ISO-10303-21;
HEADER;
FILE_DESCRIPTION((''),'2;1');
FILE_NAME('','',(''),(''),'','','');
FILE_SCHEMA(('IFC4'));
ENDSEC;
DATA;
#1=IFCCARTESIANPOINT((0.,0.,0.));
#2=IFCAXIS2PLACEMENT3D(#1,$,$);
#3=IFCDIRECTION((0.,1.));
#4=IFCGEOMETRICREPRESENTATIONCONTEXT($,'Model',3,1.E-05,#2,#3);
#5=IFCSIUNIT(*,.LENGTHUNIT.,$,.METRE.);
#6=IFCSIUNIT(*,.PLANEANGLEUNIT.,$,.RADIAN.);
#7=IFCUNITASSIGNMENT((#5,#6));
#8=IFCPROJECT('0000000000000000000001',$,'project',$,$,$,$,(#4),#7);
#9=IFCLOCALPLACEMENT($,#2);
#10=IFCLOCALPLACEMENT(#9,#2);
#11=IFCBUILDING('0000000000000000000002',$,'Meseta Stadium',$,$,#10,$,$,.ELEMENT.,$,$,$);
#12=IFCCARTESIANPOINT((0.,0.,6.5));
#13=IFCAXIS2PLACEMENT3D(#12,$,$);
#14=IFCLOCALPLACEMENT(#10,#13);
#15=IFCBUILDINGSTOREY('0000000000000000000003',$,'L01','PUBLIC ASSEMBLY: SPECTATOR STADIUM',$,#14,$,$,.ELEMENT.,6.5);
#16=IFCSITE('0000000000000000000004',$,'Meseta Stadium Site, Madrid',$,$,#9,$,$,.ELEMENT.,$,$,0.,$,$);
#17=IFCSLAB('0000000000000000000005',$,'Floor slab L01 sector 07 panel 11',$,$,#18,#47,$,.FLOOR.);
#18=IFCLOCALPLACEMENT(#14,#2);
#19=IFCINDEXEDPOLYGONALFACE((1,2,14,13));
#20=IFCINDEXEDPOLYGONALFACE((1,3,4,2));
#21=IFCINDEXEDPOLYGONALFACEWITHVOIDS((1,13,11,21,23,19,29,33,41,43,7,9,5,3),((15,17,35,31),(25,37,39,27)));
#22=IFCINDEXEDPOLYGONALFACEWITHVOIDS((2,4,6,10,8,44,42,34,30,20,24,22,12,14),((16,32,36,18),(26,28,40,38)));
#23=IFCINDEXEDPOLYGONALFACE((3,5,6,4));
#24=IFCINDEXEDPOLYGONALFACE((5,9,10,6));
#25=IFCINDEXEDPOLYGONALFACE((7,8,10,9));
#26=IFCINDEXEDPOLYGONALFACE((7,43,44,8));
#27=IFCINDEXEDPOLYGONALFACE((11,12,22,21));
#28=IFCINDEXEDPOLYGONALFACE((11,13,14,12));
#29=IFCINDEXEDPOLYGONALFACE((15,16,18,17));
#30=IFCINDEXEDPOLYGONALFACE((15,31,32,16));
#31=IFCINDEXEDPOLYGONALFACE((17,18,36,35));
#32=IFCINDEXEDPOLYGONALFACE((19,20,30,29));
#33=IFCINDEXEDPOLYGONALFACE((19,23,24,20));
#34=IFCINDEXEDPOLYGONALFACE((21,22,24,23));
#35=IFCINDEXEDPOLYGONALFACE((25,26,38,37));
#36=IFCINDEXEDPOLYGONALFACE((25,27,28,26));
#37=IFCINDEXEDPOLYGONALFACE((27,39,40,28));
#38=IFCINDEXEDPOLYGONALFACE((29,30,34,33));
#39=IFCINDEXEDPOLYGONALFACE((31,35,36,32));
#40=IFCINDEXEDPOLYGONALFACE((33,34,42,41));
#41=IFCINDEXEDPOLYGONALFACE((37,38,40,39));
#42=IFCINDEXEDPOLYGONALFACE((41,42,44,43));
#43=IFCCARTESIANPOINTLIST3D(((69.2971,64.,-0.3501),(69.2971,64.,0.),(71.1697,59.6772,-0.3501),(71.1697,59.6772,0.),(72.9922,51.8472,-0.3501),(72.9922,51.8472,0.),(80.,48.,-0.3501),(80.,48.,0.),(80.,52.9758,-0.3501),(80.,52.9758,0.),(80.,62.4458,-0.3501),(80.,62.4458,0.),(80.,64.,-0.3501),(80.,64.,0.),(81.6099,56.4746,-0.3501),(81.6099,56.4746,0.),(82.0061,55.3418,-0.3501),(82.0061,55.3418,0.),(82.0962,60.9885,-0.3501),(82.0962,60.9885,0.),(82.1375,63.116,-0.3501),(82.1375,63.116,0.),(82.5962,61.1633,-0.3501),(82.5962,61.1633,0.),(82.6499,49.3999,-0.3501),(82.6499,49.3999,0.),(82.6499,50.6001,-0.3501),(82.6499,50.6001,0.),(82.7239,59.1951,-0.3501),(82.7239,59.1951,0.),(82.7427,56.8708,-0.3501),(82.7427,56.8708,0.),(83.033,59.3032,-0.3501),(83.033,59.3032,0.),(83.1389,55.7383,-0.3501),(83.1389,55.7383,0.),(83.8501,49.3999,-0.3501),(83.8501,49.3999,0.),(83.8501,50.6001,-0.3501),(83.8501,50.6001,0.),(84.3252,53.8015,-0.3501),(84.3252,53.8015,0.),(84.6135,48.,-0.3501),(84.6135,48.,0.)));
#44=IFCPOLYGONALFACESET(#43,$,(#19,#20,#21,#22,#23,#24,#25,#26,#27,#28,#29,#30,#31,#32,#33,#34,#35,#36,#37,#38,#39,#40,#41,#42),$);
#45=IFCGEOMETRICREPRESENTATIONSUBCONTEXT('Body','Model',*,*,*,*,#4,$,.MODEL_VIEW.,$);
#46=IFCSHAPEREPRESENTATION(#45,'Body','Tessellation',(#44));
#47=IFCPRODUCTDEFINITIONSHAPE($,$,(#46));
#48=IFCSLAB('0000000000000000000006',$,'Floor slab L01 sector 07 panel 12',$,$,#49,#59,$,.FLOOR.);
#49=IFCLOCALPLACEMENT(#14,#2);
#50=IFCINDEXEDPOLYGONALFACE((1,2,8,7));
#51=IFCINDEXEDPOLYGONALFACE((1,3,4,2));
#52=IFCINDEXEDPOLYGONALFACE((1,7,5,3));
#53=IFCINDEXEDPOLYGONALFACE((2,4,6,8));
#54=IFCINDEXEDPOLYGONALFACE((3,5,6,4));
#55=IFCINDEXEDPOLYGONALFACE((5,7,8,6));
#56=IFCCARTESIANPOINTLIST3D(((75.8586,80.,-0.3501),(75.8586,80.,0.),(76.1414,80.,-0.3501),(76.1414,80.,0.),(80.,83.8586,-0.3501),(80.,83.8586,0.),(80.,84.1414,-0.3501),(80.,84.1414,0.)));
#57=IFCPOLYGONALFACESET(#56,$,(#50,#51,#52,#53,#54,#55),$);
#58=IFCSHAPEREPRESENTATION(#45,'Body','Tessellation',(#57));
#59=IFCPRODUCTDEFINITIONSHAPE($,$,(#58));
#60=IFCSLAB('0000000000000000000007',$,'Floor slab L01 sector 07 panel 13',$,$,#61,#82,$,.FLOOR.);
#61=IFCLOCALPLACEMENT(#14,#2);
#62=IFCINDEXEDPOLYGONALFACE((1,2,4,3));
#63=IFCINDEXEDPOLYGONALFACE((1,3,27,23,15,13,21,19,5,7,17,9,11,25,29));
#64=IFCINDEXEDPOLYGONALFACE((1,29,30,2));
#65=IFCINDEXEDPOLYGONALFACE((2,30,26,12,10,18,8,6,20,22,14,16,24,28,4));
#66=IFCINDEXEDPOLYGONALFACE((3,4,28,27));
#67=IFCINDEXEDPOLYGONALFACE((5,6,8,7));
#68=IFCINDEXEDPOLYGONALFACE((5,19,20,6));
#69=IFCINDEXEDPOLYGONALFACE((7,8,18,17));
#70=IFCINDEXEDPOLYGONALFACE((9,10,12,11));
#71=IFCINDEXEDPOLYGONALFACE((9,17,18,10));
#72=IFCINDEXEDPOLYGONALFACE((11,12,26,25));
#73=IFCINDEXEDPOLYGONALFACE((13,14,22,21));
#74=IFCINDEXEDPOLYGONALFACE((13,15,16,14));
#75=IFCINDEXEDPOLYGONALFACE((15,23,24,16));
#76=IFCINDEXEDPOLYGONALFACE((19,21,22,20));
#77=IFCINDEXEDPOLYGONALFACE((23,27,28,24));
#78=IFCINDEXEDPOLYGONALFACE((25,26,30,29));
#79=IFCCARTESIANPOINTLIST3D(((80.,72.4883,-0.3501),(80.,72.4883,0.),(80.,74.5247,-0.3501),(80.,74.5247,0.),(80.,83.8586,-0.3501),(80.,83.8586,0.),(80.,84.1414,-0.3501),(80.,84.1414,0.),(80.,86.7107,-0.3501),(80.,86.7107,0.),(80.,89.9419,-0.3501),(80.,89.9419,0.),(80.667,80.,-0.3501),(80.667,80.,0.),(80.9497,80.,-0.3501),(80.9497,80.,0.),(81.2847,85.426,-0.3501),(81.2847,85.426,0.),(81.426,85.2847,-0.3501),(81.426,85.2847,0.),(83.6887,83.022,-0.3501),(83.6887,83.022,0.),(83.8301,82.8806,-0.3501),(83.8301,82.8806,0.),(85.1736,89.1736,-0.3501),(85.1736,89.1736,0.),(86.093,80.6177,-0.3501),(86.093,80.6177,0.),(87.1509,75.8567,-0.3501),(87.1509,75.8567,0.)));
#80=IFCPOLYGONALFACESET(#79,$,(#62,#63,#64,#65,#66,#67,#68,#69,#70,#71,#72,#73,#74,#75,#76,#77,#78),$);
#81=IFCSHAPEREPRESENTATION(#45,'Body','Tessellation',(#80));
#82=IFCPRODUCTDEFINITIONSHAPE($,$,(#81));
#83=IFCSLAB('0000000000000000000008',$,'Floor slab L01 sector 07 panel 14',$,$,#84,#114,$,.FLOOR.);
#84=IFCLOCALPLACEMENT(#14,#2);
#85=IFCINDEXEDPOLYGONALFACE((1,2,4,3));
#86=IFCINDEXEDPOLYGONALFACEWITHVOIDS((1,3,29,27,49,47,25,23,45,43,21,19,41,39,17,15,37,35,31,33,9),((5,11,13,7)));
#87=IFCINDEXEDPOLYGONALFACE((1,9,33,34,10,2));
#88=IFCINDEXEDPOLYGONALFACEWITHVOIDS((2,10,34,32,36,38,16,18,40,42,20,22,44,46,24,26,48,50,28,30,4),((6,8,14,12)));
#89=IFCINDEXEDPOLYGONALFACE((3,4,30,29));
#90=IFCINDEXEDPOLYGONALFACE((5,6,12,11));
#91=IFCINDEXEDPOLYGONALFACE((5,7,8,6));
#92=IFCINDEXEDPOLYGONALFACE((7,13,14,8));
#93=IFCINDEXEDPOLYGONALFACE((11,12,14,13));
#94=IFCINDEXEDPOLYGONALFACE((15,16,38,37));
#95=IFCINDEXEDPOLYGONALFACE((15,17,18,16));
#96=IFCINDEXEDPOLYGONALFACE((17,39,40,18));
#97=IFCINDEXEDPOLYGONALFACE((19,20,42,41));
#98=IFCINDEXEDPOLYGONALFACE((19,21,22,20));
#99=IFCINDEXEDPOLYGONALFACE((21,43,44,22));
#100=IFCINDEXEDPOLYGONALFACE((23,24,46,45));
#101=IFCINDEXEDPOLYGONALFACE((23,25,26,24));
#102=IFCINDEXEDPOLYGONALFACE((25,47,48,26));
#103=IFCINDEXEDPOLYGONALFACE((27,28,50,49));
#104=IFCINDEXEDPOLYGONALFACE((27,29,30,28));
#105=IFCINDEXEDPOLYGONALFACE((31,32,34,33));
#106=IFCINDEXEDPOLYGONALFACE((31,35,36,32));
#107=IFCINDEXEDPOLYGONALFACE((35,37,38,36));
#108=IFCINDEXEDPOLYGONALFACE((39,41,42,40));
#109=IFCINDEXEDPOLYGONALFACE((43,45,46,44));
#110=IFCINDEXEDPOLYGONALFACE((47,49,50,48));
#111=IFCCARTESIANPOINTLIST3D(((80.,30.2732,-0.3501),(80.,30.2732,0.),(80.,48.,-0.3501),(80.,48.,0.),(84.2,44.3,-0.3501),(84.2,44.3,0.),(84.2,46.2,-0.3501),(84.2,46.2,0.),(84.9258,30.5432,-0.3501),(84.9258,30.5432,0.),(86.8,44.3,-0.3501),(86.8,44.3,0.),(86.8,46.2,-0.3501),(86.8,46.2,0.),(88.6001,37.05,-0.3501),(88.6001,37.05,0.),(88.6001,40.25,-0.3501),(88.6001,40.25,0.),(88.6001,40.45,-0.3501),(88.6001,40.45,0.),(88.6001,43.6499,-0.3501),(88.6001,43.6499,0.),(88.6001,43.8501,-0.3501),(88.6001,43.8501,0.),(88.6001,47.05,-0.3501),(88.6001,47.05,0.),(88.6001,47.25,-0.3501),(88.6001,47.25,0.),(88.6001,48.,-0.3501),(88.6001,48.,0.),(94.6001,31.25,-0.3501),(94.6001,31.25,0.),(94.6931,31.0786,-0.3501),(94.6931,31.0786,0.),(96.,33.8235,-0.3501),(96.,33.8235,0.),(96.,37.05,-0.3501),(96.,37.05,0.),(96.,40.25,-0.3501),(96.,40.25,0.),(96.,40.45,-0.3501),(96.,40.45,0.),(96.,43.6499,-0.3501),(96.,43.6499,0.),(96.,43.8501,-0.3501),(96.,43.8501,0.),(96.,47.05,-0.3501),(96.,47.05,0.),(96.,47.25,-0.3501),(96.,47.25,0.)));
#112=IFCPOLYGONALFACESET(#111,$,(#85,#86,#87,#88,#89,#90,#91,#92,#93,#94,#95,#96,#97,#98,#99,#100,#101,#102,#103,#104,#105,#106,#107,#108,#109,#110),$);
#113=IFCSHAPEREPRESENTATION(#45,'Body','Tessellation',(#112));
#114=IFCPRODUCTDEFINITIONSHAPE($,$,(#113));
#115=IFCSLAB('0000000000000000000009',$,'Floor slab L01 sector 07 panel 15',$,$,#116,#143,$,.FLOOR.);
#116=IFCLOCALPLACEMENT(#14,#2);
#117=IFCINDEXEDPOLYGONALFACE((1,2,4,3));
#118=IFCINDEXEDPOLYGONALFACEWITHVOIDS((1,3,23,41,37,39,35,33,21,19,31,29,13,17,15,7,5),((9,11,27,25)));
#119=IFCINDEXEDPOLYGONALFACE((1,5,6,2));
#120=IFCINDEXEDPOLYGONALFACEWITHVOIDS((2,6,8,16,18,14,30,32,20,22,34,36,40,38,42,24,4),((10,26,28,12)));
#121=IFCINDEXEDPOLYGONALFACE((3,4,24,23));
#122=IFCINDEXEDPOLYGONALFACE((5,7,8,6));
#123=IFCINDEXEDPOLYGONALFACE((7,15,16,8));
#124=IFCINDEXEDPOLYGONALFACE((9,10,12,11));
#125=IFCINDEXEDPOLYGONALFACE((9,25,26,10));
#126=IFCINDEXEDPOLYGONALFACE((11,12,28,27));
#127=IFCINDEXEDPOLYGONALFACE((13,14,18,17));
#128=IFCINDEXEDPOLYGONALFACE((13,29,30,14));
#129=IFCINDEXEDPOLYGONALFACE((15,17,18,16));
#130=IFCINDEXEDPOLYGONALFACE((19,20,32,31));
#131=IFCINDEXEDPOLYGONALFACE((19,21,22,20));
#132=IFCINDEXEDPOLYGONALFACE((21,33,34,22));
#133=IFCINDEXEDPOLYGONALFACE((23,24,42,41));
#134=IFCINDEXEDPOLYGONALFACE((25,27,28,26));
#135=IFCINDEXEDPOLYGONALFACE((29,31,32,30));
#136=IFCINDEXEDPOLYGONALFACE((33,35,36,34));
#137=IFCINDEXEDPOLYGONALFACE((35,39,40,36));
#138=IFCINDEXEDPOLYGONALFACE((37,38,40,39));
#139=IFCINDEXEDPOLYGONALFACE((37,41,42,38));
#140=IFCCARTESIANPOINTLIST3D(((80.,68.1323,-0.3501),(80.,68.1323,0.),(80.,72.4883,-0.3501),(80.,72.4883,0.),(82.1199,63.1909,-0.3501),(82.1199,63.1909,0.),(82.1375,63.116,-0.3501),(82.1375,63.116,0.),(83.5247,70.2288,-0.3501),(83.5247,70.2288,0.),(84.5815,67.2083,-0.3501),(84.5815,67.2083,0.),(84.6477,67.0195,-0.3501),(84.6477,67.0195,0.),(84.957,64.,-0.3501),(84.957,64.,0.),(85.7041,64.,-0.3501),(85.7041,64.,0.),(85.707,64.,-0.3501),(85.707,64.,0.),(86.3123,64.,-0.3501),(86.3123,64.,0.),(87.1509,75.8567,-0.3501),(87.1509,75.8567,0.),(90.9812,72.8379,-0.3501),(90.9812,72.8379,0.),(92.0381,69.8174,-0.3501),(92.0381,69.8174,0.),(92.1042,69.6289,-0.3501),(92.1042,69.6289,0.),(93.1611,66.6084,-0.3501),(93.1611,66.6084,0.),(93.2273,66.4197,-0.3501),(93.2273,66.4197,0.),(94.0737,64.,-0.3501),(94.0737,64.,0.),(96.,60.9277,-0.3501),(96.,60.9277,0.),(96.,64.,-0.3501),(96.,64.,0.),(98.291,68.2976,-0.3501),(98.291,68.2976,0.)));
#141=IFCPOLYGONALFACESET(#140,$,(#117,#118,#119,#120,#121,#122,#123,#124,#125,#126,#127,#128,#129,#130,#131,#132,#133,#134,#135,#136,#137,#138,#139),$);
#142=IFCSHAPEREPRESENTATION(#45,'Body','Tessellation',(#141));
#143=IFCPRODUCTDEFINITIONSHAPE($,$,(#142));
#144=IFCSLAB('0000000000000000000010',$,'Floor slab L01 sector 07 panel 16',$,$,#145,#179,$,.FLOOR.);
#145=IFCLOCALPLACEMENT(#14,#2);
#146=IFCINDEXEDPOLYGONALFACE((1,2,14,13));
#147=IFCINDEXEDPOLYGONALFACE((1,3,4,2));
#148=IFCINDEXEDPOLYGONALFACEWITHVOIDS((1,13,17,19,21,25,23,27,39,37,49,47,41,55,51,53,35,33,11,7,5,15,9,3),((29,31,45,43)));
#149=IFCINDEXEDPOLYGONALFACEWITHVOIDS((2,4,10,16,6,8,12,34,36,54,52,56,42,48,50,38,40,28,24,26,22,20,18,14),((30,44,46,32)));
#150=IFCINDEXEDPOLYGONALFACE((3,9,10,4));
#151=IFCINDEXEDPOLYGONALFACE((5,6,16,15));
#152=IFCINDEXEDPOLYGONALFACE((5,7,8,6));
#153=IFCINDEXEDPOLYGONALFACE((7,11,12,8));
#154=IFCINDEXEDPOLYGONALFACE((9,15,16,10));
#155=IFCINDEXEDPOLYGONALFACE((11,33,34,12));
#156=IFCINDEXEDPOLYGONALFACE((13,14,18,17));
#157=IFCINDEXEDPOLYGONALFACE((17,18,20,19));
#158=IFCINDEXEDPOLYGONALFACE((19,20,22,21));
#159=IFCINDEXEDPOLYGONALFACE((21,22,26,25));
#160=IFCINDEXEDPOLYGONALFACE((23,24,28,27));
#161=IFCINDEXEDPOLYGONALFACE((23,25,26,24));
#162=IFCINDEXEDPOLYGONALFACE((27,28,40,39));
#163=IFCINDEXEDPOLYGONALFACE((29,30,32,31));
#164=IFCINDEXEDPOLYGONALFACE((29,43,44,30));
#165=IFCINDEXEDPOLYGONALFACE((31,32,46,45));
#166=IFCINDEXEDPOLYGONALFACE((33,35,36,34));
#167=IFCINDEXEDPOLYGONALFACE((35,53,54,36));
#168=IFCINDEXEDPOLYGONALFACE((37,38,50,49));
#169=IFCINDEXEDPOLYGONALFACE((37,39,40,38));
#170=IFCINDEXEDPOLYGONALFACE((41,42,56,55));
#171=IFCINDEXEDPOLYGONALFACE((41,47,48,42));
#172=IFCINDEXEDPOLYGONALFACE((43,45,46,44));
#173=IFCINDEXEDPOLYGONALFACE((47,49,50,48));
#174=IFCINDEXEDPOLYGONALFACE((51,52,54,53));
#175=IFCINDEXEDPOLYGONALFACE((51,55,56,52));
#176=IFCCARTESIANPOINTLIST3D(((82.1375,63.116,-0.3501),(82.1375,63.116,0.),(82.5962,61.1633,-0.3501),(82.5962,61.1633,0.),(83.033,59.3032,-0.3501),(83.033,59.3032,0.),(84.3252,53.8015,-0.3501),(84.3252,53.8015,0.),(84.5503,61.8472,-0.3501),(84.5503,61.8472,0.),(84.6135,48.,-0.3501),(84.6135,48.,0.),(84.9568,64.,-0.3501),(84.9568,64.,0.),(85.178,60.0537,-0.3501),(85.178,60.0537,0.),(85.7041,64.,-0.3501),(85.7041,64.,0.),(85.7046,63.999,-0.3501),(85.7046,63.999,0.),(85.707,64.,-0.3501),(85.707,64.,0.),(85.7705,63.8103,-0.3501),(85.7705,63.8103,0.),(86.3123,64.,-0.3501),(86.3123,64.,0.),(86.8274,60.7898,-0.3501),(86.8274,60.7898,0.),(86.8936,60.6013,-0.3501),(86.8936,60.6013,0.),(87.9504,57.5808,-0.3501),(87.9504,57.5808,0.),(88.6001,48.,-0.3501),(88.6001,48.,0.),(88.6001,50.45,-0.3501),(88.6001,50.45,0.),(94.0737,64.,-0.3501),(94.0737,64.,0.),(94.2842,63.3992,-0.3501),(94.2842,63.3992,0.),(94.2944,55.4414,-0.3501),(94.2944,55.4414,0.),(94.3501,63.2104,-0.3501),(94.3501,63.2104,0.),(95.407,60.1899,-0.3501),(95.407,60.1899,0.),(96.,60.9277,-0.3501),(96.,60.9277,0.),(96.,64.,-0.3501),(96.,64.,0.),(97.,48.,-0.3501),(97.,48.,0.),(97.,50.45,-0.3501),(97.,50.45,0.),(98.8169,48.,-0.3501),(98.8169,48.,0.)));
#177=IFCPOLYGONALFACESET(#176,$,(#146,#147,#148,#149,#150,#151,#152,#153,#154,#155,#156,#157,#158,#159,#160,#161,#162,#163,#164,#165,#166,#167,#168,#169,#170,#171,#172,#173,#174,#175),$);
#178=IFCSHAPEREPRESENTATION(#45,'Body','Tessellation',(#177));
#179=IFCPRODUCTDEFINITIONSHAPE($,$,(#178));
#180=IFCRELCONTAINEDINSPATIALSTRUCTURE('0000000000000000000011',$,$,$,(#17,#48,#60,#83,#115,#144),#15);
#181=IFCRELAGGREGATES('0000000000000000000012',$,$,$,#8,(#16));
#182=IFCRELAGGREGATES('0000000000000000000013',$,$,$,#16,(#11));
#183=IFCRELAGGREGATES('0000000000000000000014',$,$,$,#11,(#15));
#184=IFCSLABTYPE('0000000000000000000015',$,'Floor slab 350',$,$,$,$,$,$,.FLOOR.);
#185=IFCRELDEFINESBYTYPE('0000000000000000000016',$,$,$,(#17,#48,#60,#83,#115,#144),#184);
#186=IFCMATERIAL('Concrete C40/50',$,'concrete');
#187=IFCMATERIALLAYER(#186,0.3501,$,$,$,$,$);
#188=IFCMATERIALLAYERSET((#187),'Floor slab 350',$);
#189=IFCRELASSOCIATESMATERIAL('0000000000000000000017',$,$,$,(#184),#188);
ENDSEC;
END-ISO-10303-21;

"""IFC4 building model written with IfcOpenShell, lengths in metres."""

from ifc_helpers import new_model, si_unit, direction, frame, origin, place, context, subcontext, project, spatial, polyline, outline, extrude, material, layer, layer_set, type_object, element, save


model = new_model("IFC4")

# Units and contexts
model_context = context("Model", 3, precision=1e-05, world=origin(), true_north=direction((0.0, 1.0)))
body_context = subcontext(model_context, "Body", "Model", "MODEL_VIEW")
ifc_project = project(units=[si_unit("LENGTHUNIT", "METRE"), si_unit("PLANEANGLEUNIT", "RADIAN")], contexts=[model_context])

# Site, building, storey
site_placement = place(None, origin())
site = spatial("IfcSite", under=ifc_project, at=site_placement, Name="Meseta Stadium Site, Madrid", CompositionType="ELEMENT", RefElevation=0.0)
building_placement = place(site_placement, origin())
building = spatial("IfcBuilding", under=site, at=building_placement, Name="Meseta Stadium", CompositionType="ELEMENT")
storey_placement = place(building_placement, frame((0.0, 0.0, 6.5)))
storey = spatial("IfcBuildingStorey", under=building, at=storey_placement, Name="L01", Description="PUBLIC ASSEMBLY: SPECTATOR STADIUM", CompositionType="ELEMENT", Elevation=6.5)

# Slabs
ifc_material = material(Name="Concrete C40/50", Category="concrete")
ifc_layer = layer(ifc_material, 0.3501)
ifc_layer_set = layer_set([ifc_layer], Name="Floor slab 350")
slab_type = type_object("IfcSlabType", Name="Floor slab 350", PredefinedType="FLOOR", material=ifc_layer_set)
slab_1_placement = place(storey_placement, frame((0.0, 0.0, -0.3501)))
element("IfcSlab", 1, at=slab_1_placement, inside=storey, type_object=slab_type, Name="Floor slab L01 sector 07 panel 11", PredefinedType="FLOOR", context=body_context, shape_type="SweptSolid", body=[
    extrude(outline(polyline([(82.1375, 63.116), (80.0, 62.4458), (80.0, 64.0), (69.2971, 64.0), (71.1697, 59.6772), (72.9922, 51.8472), (80.0, 52.9758), (80.0, 48.0), (84.6135, 48.0), (84.3252, 53.8015), (83.033, 59.3032), (82.7239, 59.1951), (82.0962, 60.9885), (82.5962, 61.1633), (82.1375, 63.116)]), holes=[polyline([(82.0061, 55.3418), (81.6099, 56.4746), (82.7427, 56.8708), (83.1389, 55.7383), (82.0061, 55.3418)]), polyline([(83.8501, 49.3999), (82.6499, 49.3999), (82.6499, 50.6001), (83.8501, 50.6001), (83.8501, 49.3999)])]), origin(), (0.0, 0.0, 1.0), 0.3501),
])
slab_2_placement = place(storey_placement, frame((0.0, 0.0, -0.3501)))
element("IfcSlab", 2, at=slab_2_placement, inside=storey, type_object=slab_type, Name="Floor slab L01 sector 07 panel 12", PredefinedType="FLOOR", context=body_context, shape_type="SweptSolid", body=[
    extrude(outline(polyline([(75.8586, 80.0), (76.1414, 80.0), (80.0, 83.8586), (80.0, 84.1414), (75.8586, 80.0)])), origin(), (0.0, 0.0, 1.0), 0.3501),
])
slab_3_placement = place(storey_placement, frame((0.0, 0.0, -0.3501)))
element("IfcSlab", 3, at=slab_3_placement, inside=storey, type_object=slab_type, Name="Floor slab L01 sector 07 panel 13", PredefinedType="FLOOR", context=body_context, shape_type="SweptSolid", body=[
    extrude(outline(polyline([(86.093, 80.6177), (80.0, 74.5247), (80.0, 72.4883), (87.1509, 75.8567), (85.1736, 89.1736), (80.0, 89.9419), (80.0, 86.7107), (81.2847, 85.426), (80.0, 84.1414), (80.0, 83.8586), (81.426, 85.2847), (83.6887, 83.022), (80.667, 80.0), (80.9497, 80.0), (83.8301, 82.8806), (86.093, 80.6177)])), origin(), (0.0, 0.0, 1.0), 0.3501),
])
slab_4_placement = place(storey_placement, frame((0.0, 0.0, -0.3501)))
element("IfcSlab", 4, at=slab_4_placement, inside=storey, type_object=slab_type, Name="Floor slab L01 sector 07 panel 14", PredefinedType="FLOOR", context=body_context, shape_type="SweptSolid", body=[
    extrude(outline(polyline([(96.0, 40.25), (96.0, 40.45), (88.6001, 40.45), (88.6001, 43.6499), (96.0, 43.6499), (96.0, 43.8501), (88.6001, 43.8501), (88.6001, 47.05), (96.0, 47.05), (96.0, 47.25), (88.6001, 47.25), (88.6001, 48.0), (80.0, 48.0), (80.0, 30.2732), (84.9258, 30.5432), (94.6931, 31.0786), (94.6001, 31.25), (96.0, 33.8235), (96.0, 37.05), (88.6001, 37.05), (88.6001, 40.25), (96.0, 40.25)]), holes=[polyline([(86.8, 46.2), (86.8, 44.3), (84.2, 44.3), (84.2, 46.2), (86.8, 46.2)])]), origin(), (0.0, 0.0, 1.0), 0.3501),
])
slab_5_placement = place(storey_placement, frame((0.0, 0.0, -0.3501)))
element("IfcSlab", 5, at=slab_5_placement, inside=storey, type_object=slab_type, Name="Floor slab L01 sector 07 panel 15", PredefinedType="FLOOR", context=body_context, shape_type="SweptSolid", body=[
    extrude(outline(polyline([(82.1199, 63.1909), (82.1375, 63.116), (84.957, 64.0), (85.7041, 64.0), (84.6477, 67.0195), (92.1042, 69.6289), (93.1611, 66.6084), (85.707, 64.0), (86.3123, 64.0), (93.2273, 66.4197), (94.0737, 64.0), (96.0, 64.0), (96.0, 60.9277), (98.291, 68.2976), (87.1509, 75.8567), (80.0, 72.4883), (80.0, 68.1323), (82.1199, 63.1909)]), holes=[polyline([(84.5815, 67.2083), (83.5247, 70.2288), (90.9812, 72.8379), (92.0381, 69.8174), (84.5815, 67.2083)])]), origin(), (0.0, 0.0, 1.0), 0.3501),
])
slab_6_placement = place(storey_placement, frame((0.0, 0.0, -0.3501)))
element("IfcSlab", 6, at=slab_6_placement, inside=storey, type_object=slab_type, Name="Floor slab L01 sector 07 panel 16", PredefinedType="FLOOR", context=body_context, shape_type="SweptSolid", body=[
    extrude(outline(polyline([(84.9568, 64.0), (82.1375, 63.116), (82.5962, 61.1633), (84.5503, 61.8472), (85.178, 60.0537), (83.033, 59.3032), (84.3252, 53.8015), (84.6135, 48.0), (88.6001, 48.0), (88.6001, 50.45), (97.0, 50.45), (97.0, 48.0), (98.8169, 48.0), (94.2944, 55.4414), (96.0, 60.9277), (96.0, 64.0), (94.0737, 64.0), (94.2842, 63.3992), (86.8274, 60.7898), (85.7705, 63.8103), (86.3123, 64.0), (85.707, 64.0), (85.7046, 63.999), (85.7041, 64.0), (84.9568, 64.0)]), holes=[polyline([(86.8936, 60.6013), (94.3501, 63.2104), (95.407, 60.1899), (87.9504, 57.5808), (86.8936, 60.6013)])]), origin(), (0.0, 0.0, 1.0), 0.3501),
])

save(model, "model.ifc")
